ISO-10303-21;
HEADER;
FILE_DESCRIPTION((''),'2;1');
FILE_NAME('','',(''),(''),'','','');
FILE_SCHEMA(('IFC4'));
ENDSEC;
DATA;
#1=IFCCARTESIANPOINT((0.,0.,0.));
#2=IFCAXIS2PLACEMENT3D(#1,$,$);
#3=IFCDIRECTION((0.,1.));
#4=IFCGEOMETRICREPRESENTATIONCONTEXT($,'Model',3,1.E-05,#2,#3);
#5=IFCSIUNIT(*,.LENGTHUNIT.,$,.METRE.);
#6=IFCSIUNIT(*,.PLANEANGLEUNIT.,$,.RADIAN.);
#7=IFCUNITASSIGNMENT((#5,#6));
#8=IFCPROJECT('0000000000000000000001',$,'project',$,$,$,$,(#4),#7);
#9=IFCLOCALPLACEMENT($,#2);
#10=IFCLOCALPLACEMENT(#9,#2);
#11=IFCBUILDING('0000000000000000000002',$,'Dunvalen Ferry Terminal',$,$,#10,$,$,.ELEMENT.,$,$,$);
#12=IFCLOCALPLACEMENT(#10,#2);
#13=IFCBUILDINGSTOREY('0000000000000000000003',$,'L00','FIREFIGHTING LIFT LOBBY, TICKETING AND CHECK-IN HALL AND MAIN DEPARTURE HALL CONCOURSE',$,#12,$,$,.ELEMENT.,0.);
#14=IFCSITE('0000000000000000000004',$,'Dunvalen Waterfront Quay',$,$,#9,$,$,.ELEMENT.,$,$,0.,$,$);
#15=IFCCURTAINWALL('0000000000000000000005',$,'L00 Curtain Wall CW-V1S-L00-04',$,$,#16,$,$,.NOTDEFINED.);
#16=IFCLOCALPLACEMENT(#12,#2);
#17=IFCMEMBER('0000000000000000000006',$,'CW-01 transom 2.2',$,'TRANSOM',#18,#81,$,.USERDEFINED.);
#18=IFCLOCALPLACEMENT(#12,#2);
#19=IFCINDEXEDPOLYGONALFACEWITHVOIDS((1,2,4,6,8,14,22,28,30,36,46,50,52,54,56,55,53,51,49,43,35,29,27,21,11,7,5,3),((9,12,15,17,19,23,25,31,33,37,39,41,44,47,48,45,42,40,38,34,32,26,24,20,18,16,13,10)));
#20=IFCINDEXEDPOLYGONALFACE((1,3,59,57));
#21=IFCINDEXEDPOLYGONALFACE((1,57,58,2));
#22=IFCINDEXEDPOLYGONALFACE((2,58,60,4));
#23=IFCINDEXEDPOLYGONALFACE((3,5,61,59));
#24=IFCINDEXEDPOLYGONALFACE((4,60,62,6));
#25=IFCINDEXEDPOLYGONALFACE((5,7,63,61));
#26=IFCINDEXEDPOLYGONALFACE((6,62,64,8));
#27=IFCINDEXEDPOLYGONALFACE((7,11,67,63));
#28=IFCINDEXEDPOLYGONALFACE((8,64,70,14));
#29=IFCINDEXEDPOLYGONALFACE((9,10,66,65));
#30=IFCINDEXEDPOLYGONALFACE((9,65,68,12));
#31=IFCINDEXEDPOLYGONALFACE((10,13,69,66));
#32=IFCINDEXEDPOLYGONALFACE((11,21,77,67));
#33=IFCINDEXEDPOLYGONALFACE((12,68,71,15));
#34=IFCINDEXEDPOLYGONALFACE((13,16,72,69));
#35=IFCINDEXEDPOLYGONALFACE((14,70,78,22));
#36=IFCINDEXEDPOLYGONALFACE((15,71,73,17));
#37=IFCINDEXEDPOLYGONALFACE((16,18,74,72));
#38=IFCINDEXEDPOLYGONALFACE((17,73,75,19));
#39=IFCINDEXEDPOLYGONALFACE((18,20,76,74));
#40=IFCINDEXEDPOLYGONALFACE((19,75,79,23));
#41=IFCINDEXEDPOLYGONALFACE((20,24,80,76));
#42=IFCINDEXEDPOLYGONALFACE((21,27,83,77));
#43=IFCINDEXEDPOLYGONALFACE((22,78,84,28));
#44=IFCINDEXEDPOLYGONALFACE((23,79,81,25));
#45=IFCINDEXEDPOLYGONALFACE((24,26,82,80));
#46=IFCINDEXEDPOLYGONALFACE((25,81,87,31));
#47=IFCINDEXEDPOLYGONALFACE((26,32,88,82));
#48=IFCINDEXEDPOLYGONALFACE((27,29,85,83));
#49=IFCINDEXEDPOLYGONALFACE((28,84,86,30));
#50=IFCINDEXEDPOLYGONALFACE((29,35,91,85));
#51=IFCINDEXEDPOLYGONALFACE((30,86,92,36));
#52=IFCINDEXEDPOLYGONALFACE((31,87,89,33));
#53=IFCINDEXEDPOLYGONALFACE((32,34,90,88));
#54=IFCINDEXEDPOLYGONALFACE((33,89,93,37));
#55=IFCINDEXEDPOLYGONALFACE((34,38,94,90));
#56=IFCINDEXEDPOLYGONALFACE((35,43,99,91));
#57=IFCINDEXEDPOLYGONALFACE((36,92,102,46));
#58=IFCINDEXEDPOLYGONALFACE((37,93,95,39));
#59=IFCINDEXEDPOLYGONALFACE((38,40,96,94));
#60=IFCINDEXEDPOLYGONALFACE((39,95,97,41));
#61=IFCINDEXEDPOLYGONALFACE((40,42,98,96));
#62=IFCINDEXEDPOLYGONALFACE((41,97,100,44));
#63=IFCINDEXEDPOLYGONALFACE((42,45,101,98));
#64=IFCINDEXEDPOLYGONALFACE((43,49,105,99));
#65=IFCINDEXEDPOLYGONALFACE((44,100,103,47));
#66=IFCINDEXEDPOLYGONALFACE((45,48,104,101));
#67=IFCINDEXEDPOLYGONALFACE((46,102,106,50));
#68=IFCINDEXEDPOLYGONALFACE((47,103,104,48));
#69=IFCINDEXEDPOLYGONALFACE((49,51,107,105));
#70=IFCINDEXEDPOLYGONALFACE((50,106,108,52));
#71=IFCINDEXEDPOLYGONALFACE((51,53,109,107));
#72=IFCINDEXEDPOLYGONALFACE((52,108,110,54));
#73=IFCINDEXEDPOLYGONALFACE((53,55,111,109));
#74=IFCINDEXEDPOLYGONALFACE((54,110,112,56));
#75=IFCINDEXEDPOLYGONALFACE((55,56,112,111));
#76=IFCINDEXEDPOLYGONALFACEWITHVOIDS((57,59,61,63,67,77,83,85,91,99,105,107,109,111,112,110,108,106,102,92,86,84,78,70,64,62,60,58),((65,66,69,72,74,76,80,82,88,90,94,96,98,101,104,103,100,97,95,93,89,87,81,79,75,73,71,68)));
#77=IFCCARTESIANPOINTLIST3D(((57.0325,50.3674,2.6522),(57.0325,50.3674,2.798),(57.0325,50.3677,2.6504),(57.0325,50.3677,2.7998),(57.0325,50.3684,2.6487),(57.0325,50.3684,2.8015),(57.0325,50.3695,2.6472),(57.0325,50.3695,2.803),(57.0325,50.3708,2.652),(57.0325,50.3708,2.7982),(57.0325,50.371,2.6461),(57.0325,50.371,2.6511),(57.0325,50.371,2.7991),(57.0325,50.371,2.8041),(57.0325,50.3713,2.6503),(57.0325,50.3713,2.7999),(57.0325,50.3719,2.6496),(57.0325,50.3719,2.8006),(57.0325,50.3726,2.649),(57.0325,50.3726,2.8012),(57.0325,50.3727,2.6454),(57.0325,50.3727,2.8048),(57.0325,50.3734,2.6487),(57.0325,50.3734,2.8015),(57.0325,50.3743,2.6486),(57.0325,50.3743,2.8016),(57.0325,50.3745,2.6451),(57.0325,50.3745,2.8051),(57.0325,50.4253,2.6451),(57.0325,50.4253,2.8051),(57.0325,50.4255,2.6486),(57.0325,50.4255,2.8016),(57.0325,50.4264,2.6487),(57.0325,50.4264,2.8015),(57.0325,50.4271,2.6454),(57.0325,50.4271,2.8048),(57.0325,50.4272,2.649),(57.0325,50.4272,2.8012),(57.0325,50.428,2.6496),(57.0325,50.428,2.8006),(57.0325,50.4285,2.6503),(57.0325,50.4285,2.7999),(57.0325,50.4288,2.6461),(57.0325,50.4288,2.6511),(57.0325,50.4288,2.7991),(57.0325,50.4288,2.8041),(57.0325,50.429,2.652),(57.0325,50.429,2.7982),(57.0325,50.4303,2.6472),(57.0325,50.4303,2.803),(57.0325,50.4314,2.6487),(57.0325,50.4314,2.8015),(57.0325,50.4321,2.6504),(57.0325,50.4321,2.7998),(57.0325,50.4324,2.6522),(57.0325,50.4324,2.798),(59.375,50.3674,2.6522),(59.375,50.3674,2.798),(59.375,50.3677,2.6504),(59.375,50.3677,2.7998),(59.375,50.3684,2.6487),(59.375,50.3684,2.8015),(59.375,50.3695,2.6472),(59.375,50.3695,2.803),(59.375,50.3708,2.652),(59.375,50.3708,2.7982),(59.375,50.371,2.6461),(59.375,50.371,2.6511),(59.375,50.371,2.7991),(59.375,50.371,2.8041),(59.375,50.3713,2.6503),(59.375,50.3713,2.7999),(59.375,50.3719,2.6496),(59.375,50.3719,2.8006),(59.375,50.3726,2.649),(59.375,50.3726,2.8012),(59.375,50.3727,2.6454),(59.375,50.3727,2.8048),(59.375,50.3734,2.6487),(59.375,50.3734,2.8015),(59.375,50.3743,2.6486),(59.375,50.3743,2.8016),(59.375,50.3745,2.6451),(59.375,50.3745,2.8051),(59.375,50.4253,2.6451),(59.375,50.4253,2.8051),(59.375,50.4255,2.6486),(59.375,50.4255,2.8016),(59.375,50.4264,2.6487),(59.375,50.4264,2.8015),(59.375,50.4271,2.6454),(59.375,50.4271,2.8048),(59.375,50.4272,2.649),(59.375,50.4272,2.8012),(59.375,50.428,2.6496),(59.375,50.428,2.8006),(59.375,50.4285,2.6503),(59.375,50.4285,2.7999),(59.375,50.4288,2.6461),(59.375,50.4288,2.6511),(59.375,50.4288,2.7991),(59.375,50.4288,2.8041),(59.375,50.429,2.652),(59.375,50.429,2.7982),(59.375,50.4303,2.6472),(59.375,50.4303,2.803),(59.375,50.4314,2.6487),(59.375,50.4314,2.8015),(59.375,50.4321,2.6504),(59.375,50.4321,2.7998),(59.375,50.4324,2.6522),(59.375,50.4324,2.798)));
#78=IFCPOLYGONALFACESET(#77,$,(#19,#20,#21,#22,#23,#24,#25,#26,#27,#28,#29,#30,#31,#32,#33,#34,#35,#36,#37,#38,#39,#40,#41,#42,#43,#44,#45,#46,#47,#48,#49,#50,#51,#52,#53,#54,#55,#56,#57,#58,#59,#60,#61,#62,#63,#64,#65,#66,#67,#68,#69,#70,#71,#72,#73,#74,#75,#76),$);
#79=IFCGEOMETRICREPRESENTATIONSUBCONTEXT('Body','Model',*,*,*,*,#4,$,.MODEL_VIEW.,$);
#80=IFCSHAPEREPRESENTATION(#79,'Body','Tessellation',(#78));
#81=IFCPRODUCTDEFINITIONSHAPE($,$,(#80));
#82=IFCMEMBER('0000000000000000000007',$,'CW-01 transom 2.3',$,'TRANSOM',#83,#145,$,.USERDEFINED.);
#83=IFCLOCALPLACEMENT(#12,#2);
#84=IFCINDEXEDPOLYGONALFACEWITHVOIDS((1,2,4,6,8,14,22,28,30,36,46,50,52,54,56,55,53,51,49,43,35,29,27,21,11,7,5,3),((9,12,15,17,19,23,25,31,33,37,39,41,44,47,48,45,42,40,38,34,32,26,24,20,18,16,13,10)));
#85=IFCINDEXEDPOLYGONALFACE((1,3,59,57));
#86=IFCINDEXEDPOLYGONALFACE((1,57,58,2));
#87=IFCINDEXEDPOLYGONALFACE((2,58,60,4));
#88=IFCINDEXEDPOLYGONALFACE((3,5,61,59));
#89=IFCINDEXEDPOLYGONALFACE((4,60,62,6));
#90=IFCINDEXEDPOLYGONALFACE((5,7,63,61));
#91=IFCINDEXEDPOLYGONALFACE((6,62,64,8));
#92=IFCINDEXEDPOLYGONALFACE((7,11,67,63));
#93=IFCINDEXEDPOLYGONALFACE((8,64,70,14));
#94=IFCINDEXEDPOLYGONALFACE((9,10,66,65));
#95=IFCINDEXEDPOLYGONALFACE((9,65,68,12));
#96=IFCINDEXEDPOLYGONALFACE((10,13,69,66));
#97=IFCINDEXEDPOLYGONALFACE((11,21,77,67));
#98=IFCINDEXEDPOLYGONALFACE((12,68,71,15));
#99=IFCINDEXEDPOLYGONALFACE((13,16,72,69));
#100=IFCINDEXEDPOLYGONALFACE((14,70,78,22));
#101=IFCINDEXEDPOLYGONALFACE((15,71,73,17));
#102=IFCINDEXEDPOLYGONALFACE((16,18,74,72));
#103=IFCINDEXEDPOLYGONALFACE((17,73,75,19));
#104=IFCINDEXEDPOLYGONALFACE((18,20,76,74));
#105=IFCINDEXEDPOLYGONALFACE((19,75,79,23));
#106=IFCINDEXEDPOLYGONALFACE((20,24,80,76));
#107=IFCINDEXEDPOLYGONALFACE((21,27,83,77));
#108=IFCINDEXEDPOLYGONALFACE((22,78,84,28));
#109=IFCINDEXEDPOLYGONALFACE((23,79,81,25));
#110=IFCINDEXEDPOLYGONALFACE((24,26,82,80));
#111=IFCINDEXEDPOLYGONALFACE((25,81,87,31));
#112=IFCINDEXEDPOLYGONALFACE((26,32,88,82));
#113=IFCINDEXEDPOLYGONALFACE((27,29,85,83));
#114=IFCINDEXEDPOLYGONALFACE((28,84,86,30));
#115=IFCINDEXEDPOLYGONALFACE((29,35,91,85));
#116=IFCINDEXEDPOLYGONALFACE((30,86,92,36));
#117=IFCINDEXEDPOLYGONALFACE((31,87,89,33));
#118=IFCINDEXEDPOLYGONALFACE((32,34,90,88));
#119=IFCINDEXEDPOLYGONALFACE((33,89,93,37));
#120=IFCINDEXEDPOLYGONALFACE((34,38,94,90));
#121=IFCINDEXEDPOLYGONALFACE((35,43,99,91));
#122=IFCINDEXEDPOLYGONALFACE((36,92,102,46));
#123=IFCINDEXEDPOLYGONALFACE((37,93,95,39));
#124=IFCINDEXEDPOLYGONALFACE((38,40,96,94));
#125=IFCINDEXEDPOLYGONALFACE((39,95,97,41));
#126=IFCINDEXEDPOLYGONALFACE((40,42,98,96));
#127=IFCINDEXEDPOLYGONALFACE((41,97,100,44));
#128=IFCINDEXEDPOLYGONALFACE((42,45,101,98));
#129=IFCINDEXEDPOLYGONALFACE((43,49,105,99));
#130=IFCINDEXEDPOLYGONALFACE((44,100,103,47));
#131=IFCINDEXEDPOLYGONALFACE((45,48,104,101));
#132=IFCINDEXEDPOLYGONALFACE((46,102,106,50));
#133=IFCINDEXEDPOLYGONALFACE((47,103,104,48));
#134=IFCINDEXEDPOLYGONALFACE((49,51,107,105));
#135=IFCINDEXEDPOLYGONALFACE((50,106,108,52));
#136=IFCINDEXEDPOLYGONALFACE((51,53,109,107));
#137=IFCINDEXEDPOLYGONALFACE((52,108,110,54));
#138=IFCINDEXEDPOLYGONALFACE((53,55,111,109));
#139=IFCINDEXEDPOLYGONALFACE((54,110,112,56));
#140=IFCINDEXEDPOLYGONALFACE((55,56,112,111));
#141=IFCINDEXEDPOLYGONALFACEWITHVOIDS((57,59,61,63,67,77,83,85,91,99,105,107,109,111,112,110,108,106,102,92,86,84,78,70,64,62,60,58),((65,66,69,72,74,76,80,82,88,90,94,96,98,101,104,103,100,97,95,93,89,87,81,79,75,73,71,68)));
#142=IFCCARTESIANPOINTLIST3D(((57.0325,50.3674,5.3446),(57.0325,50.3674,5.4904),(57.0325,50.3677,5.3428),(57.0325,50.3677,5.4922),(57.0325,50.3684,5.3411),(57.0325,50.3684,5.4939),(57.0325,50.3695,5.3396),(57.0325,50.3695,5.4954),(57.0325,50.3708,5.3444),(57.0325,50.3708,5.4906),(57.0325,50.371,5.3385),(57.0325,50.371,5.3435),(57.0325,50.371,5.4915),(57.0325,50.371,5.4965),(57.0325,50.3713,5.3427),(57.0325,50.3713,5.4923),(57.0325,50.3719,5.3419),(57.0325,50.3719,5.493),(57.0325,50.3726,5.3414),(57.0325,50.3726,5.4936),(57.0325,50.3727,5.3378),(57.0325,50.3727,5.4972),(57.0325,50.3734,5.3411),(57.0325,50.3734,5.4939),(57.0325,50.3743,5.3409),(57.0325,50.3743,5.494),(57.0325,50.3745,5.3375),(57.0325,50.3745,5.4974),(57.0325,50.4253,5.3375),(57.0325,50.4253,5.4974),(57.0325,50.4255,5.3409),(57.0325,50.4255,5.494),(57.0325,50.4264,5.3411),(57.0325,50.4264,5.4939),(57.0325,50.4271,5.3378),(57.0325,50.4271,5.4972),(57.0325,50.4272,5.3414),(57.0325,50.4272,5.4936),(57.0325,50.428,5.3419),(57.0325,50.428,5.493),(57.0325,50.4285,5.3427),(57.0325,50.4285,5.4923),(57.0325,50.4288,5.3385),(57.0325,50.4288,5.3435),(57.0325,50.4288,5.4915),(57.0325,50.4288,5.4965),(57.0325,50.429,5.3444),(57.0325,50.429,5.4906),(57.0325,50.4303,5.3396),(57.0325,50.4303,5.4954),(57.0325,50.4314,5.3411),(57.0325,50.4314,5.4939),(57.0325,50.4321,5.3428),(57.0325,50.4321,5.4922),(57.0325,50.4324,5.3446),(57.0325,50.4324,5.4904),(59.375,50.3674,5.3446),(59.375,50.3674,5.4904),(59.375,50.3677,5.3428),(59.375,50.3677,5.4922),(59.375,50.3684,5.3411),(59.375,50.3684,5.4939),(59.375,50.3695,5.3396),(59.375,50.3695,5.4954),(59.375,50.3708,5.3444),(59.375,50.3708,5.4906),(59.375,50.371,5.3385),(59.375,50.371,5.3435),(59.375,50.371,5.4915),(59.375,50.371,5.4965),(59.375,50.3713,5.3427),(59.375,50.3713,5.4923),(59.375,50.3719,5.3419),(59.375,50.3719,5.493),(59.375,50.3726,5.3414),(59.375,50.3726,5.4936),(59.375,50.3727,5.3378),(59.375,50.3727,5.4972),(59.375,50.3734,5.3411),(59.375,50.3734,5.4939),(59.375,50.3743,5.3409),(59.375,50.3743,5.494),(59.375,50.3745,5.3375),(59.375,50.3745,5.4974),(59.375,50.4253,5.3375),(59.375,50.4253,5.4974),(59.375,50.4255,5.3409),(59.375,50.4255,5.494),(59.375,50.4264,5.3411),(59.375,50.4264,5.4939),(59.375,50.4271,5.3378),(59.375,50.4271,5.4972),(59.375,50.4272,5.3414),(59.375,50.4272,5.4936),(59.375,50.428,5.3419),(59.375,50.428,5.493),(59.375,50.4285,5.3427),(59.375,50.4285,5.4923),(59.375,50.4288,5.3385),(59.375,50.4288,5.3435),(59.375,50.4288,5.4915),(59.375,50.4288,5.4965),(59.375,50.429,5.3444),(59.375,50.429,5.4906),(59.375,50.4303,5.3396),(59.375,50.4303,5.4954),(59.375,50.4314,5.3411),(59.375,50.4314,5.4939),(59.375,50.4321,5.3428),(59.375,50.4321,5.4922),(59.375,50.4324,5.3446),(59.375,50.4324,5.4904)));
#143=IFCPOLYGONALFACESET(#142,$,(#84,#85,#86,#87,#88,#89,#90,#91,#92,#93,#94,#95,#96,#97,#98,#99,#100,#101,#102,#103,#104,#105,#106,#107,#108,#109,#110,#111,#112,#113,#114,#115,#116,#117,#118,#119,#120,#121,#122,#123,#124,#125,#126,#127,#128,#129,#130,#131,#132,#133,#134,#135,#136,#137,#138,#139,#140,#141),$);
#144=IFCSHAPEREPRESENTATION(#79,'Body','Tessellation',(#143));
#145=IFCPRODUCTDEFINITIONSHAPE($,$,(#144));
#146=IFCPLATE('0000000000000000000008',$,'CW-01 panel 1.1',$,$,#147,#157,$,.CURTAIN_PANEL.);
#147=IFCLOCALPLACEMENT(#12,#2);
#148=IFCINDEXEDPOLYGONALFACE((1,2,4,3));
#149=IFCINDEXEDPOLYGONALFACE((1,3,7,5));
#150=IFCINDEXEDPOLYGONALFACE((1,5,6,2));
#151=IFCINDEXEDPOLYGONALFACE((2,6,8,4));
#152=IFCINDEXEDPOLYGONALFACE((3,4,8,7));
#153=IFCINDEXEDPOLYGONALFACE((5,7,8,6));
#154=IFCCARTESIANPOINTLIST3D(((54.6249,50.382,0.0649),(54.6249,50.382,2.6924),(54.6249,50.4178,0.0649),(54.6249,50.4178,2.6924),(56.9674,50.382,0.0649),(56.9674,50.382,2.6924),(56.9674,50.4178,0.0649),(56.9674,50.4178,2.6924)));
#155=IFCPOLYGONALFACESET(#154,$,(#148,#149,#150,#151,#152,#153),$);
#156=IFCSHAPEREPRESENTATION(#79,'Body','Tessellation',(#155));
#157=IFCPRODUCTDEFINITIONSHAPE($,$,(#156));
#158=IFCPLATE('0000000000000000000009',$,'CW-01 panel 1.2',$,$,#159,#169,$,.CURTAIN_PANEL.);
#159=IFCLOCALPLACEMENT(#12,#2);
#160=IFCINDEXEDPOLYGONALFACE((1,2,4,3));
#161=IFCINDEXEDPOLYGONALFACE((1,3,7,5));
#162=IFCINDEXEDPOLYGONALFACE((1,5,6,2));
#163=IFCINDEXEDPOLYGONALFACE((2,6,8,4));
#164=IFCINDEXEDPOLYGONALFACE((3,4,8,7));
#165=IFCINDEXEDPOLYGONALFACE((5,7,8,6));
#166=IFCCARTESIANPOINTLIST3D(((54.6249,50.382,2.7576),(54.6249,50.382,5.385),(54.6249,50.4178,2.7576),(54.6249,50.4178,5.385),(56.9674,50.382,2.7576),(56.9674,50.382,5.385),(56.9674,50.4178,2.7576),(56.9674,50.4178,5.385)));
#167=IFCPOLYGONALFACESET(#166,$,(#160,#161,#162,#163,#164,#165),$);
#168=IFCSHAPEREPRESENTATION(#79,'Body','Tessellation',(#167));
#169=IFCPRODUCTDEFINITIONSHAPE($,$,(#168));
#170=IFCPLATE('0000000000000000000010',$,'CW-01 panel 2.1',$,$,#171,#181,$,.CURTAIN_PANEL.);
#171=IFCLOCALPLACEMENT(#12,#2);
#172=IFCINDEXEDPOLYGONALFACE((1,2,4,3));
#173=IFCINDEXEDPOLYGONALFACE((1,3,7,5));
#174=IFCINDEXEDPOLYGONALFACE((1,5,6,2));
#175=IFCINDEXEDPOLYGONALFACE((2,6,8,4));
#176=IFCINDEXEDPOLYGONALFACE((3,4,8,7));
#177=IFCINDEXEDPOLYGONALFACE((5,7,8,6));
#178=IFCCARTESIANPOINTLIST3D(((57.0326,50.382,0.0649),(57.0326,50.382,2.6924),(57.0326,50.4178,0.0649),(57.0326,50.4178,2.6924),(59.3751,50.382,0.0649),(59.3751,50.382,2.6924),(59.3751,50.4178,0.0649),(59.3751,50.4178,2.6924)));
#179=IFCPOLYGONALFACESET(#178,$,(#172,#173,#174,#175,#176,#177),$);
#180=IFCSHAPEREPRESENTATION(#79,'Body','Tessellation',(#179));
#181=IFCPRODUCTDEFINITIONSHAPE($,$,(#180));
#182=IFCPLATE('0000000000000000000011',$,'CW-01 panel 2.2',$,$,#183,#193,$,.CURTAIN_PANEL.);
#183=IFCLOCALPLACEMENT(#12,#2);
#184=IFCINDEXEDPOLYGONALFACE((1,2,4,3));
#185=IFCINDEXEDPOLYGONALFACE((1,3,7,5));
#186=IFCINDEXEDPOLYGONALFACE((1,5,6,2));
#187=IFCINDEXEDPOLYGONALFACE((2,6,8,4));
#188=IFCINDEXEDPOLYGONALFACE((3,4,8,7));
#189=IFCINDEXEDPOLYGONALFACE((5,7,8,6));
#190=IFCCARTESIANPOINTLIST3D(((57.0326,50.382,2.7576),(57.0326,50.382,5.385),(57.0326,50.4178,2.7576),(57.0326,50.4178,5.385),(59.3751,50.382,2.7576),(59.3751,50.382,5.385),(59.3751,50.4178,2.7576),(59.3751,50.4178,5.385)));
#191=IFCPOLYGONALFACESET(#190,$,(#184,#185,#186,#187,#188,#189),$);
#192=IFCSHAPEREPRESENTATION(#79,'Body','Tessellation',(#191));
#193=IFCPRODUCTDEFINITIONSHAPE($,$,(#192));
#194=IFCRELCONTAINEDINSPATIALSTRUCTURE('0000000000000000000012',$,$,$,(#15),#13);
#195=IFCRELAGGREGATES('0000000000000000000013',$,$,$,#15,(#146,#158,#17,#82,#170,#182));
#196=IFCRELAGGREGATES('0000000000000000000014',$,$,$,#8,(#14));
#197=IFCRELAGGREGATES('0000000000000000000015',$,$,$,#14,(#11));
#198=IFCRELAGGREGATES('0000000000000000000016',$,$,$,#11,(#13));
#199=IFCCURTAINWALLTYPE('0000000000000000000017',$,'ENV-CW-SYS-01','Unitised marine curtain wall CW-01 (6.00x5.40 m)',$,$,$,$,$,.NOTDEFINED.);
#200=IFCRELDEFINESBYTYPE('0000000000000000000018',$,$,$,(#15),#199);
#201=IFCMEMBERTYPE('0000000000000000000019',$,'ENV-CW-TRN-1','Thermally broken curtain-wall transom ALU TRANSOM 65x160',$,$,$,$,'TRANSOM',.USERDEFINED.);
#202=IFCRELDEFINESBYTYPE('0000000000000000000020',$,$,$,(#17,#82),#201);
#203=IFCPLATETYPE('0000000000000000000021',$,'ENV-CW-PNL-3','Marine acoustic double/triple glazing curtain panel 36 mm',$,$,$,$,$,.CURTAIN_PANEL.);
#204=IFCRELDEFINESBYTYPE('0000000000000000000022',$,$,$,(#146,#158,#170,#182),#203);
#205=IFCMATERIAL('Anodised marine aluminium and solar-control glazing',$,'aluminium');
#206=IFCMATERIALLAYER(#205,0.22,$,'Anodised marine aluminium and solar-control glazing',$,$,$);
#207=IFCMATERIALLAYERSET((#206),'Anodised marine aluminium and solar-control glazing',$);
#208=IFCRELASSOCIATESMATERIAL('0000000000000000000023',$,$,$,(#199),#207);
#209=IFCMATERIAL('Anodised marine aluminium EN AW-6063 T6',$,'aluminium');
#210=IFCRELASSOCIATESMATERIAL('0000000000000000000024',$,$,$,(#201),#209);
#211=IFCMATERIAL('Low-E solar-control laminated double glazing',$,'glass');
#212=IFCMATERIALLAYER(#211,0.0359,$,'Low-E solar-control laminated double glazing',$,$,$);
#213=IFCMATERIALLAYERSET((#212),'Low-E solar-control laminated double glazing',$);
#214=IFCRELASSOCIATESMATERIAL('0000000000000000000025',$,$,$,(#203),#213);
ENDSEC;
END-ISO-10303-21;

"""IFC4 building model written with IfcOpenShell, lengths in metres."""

from ifc_helpers import new_model, si_unit, direction, frame, origin, origin_2d, place, context, subcontext, project, spatial, rectangle, hollow_rectangle, extrude, material, layer, layer_set, material_profile, profile_set, type_object, element, aggregate, save


model = new_model("IFC4")

# Units and contexts
model_context = context("Model", 3, precision=1e-05, world=origin(), true_north=direction((0.0, 1.0)))
body_context = subcontext(model_context, "Body", "Model", "MODEL_VIEW")
ifc_project = project(units=[si_unit("LENGTHUNIT", "METRE"), si_unit("PLANEANGLEUNIT", "RADIAN")], contexts=[model_context])

# Site, building, storey
site_placement = place(None, origin())
site = spatial("IfcSite", under=ifc_project, at=site_placement, Name="Dunvalen Waterfront Quay", CompositionType="ELEMENT", RefElevation=0.0)
building_placement = place(site_placement, origin())
building = spatial("IfcBuilding", under=site, at=building_placement, Name="Dunvalen Ferry Terminal", CompositionType="ELEMENT")
storey_placement = place(building_placement, origin())
storey = spatial("IfcBuildingStorey", under=building, at=storey_placement, Name="L00", Description="FIREFIGHTING LIFT LOBBY, TICKETING AND CHECK-IN HALL AND MAIN DEPARTURE HALL CONCOURSE", CompositionType="ELEMENT", Elevation=0.0)

# Curtain wall, members, plates
ifc_material_1 = material(Name="Anodised marine aluminium and solar-control glazing", Category="aluminium")
ifc_layer_1 = layer(ifc_material_1, 0.22, Name="Anodised marine aluminium and solar-control glazing")
ifc_layer_set_1 = layer_set([ifc_layer_1], Name="Anodised marine aluminium and solar-control glazing")
curtain_wall_type = type_object("IfcCurtainWallType", Name="ENV-CW-SYS-01", Description="Unitised marine curtain wall CW-01 (6.00x5.40 m)", PredefinedType="NOTDEFINED", material=ifc_layer_set_1)
curtain_wall_placement = place(storey_placement, origin())
curtain_wall = element("IfcCurtainWall", 1, at=curtain_wall_placement, inside=storey, type_object=curtain_wall_type, Name="L00 Curtain Wall CW-V1S-L00-04", PredefinedType="NOTDEFINED")
ifc_material_2 = material(Name="Anodised marine aluminium EN AW-6063 T6", Category="aluminium")
ifc_material_profile_1 = material_profile(ifc_material_2, hollow_rectangle(XDim=0.0649, YDim=0.1599, WallThickness=0.0034, InnerFilletRadius=0.0034, OuterFilletRadius=0.0071, at=origin_2d()), Name="Anodised marine aluminium EN AW-6063 T6")
ifc_profile_set_1 = profile_set([ifc_material_profile_1], Name="Anodised marine aluminium EN AW-6063 T6")
member_type_1 = type_object("IfcMemberType", Name="ENV-CW-TRN-1", Description="Thermally broken curtain-wall transom ALU TRANSOM 65x160", ElementType="TRANSOM", PredefinedType="USERDEFINED", material=ifc_profile_set_1)
member_1_placement = place(storey_placement, frame((57.0325, 50.3999, 2.7251), z_axis=(1.0, 0.0, 0.0), x_axis=(0.0, 1.0, 0.0)))
member_1 = element("IfcMember", 2, at=member_1_placement, type_object=member_type_1, Name="CW-01 transom 2.2", ObjectType="TRANSOM", PredefinedType="USERDEFINED", context=body_context, shape_type="SweptSolid", body=[
    extrude(hollow_rectangle(XDim=0.0649, YDim=0.1599, WallThickness=0.0034, InnerFilletRadius=0.0034, OuterFilletRadius=0.0071, at=origin_2d()), origin(), (0.0, 0.0, 1.0), 2.3425),
])
member_2_placement = place(storey_placement, frame((57.0325, 50.3999, 5.4175), z_axis=(1.0, 0.0, 0.0), x_axis=(0.0, 1.0, 0.0)))
member_2 = element("IfcMember", 3, at=member_2_placement, type_object=member_type_1, Name="CW-01 transom 2.3", ObjectType="TRANSOM", PredefinedType="USERDEFINED", context=body_context, shape_type="SweptSolid", body=[
    extrude(hollow_rectangle(XDim=0.0649, YDim=0.1599, WallThickness=0.0034, InnerFilletRadius=0.0034, OuterFilletRadius=0.0071, at=origin_2d()), origin(), (0.0, 0.0, 1.0), 2.3425),
])
ifc_material_3 = material(Name="Low-E solar-control laminated double glazing", Category="glass")
ifc_layer_2 = layer(ifc_material_3, 0.0359, Name="Low-E solar-control laminated double glazing")
ifc_layer_set_2 = layer_set([ifc_layer_2], Name="Low-E solar-control laminated double glazing")
plate_type = type_object("IfcPlateType", Name="ENV-CW-PNL-3", Description="Marine acoustic double/triple glazing curtain panel 36 mm", PredefinedType="CURTAIN_PANEL", material=ifc_layer_set_2)
plate_1_placement = place(storey_placement, frame((55.7961, 50.3999, 0.0649), z_axis=(0.0, 0.0, 1.0), x_axis=(1.0, 0.0, 0.0)))
plate_1 = element("IfcPlate", 4, at=plate_1_placement, type_object=plate_type, Name="CW-01 panel 1.1", PredefinedType="CURTAIN_PANEL", context=body_context, shape_type="SweptSolid", body=[
    extrude(rectangle(XDim=2.3425, YDim=0.0359, at=origin_2d()), origin(), (0.0, 0.0, 1.0), 2.6274),
])
plate_2_placement = place(storey_placement, frame((55.7961, 50.3999, 2.7576), z_axis=(0.0, 0.0, 1.0), x_axis=(1.0, 0.0, 0.0)))
plate_2 = element("IfcPlate", 5, at=plate_2_placement, type_object=plate_type, Name="CW-01 panel 1.2", PredefinedType="CURTAIN_PANEL", context=body_context, shape_type="SweptSolid", body=[
    extrude(rectangle(XDim=2.3425, YDim=0.0359, at=origin_2d()), origin(), (0.0, 0.0, 1.0), 2.6274),
])
plate_3_placement = place(storey_placement, frame((58.2039, 50.3999, 0.0649), z_axis=(0.0, 0.0, 1.0), x_axis=(1.0, 0.0, 0.0)))
plate_3 = element("IfcPlate", 6, at=plate_3_placement, type_object=plate_type, Name="CW-01 panel 2.1", PredefinedType="CURTAIN_PANEL", context=body_context, shape_type="SweptSolid", body=[
    extrude(rectangle(XDim=2.3425, YDim=0.0359, at=origin_2d()), origin(), (0.0, 0.0, 1.0), 2.6274),
])
plate_4_placement = place(storey_placement, frame((58.2039, 50.3999, 2.7576), z_axis=(0.0, 0.0, 1.0), x_axis=(1.0, 0.0, 0.0)))
plate_4 = element("IfcPlate", 7, at=plate_4_placement, type_object=plate_type, Name="CW-01 panel 2.2", PredefinedType="CURTAIN_PANEL", context=body_context, shape_type="SweptSolid", body=[
    extrude(rectangle(XDim=2.3425, YDim=0.0359, at=origin_2d()), origin(), (0.0, 0.0, 1.0), 2.6274),
])
aggregate(curtain_wall, [plate_1, plate_2, member_1, member_2, plate_3, plate_4])

save(model, "model.ifc")
